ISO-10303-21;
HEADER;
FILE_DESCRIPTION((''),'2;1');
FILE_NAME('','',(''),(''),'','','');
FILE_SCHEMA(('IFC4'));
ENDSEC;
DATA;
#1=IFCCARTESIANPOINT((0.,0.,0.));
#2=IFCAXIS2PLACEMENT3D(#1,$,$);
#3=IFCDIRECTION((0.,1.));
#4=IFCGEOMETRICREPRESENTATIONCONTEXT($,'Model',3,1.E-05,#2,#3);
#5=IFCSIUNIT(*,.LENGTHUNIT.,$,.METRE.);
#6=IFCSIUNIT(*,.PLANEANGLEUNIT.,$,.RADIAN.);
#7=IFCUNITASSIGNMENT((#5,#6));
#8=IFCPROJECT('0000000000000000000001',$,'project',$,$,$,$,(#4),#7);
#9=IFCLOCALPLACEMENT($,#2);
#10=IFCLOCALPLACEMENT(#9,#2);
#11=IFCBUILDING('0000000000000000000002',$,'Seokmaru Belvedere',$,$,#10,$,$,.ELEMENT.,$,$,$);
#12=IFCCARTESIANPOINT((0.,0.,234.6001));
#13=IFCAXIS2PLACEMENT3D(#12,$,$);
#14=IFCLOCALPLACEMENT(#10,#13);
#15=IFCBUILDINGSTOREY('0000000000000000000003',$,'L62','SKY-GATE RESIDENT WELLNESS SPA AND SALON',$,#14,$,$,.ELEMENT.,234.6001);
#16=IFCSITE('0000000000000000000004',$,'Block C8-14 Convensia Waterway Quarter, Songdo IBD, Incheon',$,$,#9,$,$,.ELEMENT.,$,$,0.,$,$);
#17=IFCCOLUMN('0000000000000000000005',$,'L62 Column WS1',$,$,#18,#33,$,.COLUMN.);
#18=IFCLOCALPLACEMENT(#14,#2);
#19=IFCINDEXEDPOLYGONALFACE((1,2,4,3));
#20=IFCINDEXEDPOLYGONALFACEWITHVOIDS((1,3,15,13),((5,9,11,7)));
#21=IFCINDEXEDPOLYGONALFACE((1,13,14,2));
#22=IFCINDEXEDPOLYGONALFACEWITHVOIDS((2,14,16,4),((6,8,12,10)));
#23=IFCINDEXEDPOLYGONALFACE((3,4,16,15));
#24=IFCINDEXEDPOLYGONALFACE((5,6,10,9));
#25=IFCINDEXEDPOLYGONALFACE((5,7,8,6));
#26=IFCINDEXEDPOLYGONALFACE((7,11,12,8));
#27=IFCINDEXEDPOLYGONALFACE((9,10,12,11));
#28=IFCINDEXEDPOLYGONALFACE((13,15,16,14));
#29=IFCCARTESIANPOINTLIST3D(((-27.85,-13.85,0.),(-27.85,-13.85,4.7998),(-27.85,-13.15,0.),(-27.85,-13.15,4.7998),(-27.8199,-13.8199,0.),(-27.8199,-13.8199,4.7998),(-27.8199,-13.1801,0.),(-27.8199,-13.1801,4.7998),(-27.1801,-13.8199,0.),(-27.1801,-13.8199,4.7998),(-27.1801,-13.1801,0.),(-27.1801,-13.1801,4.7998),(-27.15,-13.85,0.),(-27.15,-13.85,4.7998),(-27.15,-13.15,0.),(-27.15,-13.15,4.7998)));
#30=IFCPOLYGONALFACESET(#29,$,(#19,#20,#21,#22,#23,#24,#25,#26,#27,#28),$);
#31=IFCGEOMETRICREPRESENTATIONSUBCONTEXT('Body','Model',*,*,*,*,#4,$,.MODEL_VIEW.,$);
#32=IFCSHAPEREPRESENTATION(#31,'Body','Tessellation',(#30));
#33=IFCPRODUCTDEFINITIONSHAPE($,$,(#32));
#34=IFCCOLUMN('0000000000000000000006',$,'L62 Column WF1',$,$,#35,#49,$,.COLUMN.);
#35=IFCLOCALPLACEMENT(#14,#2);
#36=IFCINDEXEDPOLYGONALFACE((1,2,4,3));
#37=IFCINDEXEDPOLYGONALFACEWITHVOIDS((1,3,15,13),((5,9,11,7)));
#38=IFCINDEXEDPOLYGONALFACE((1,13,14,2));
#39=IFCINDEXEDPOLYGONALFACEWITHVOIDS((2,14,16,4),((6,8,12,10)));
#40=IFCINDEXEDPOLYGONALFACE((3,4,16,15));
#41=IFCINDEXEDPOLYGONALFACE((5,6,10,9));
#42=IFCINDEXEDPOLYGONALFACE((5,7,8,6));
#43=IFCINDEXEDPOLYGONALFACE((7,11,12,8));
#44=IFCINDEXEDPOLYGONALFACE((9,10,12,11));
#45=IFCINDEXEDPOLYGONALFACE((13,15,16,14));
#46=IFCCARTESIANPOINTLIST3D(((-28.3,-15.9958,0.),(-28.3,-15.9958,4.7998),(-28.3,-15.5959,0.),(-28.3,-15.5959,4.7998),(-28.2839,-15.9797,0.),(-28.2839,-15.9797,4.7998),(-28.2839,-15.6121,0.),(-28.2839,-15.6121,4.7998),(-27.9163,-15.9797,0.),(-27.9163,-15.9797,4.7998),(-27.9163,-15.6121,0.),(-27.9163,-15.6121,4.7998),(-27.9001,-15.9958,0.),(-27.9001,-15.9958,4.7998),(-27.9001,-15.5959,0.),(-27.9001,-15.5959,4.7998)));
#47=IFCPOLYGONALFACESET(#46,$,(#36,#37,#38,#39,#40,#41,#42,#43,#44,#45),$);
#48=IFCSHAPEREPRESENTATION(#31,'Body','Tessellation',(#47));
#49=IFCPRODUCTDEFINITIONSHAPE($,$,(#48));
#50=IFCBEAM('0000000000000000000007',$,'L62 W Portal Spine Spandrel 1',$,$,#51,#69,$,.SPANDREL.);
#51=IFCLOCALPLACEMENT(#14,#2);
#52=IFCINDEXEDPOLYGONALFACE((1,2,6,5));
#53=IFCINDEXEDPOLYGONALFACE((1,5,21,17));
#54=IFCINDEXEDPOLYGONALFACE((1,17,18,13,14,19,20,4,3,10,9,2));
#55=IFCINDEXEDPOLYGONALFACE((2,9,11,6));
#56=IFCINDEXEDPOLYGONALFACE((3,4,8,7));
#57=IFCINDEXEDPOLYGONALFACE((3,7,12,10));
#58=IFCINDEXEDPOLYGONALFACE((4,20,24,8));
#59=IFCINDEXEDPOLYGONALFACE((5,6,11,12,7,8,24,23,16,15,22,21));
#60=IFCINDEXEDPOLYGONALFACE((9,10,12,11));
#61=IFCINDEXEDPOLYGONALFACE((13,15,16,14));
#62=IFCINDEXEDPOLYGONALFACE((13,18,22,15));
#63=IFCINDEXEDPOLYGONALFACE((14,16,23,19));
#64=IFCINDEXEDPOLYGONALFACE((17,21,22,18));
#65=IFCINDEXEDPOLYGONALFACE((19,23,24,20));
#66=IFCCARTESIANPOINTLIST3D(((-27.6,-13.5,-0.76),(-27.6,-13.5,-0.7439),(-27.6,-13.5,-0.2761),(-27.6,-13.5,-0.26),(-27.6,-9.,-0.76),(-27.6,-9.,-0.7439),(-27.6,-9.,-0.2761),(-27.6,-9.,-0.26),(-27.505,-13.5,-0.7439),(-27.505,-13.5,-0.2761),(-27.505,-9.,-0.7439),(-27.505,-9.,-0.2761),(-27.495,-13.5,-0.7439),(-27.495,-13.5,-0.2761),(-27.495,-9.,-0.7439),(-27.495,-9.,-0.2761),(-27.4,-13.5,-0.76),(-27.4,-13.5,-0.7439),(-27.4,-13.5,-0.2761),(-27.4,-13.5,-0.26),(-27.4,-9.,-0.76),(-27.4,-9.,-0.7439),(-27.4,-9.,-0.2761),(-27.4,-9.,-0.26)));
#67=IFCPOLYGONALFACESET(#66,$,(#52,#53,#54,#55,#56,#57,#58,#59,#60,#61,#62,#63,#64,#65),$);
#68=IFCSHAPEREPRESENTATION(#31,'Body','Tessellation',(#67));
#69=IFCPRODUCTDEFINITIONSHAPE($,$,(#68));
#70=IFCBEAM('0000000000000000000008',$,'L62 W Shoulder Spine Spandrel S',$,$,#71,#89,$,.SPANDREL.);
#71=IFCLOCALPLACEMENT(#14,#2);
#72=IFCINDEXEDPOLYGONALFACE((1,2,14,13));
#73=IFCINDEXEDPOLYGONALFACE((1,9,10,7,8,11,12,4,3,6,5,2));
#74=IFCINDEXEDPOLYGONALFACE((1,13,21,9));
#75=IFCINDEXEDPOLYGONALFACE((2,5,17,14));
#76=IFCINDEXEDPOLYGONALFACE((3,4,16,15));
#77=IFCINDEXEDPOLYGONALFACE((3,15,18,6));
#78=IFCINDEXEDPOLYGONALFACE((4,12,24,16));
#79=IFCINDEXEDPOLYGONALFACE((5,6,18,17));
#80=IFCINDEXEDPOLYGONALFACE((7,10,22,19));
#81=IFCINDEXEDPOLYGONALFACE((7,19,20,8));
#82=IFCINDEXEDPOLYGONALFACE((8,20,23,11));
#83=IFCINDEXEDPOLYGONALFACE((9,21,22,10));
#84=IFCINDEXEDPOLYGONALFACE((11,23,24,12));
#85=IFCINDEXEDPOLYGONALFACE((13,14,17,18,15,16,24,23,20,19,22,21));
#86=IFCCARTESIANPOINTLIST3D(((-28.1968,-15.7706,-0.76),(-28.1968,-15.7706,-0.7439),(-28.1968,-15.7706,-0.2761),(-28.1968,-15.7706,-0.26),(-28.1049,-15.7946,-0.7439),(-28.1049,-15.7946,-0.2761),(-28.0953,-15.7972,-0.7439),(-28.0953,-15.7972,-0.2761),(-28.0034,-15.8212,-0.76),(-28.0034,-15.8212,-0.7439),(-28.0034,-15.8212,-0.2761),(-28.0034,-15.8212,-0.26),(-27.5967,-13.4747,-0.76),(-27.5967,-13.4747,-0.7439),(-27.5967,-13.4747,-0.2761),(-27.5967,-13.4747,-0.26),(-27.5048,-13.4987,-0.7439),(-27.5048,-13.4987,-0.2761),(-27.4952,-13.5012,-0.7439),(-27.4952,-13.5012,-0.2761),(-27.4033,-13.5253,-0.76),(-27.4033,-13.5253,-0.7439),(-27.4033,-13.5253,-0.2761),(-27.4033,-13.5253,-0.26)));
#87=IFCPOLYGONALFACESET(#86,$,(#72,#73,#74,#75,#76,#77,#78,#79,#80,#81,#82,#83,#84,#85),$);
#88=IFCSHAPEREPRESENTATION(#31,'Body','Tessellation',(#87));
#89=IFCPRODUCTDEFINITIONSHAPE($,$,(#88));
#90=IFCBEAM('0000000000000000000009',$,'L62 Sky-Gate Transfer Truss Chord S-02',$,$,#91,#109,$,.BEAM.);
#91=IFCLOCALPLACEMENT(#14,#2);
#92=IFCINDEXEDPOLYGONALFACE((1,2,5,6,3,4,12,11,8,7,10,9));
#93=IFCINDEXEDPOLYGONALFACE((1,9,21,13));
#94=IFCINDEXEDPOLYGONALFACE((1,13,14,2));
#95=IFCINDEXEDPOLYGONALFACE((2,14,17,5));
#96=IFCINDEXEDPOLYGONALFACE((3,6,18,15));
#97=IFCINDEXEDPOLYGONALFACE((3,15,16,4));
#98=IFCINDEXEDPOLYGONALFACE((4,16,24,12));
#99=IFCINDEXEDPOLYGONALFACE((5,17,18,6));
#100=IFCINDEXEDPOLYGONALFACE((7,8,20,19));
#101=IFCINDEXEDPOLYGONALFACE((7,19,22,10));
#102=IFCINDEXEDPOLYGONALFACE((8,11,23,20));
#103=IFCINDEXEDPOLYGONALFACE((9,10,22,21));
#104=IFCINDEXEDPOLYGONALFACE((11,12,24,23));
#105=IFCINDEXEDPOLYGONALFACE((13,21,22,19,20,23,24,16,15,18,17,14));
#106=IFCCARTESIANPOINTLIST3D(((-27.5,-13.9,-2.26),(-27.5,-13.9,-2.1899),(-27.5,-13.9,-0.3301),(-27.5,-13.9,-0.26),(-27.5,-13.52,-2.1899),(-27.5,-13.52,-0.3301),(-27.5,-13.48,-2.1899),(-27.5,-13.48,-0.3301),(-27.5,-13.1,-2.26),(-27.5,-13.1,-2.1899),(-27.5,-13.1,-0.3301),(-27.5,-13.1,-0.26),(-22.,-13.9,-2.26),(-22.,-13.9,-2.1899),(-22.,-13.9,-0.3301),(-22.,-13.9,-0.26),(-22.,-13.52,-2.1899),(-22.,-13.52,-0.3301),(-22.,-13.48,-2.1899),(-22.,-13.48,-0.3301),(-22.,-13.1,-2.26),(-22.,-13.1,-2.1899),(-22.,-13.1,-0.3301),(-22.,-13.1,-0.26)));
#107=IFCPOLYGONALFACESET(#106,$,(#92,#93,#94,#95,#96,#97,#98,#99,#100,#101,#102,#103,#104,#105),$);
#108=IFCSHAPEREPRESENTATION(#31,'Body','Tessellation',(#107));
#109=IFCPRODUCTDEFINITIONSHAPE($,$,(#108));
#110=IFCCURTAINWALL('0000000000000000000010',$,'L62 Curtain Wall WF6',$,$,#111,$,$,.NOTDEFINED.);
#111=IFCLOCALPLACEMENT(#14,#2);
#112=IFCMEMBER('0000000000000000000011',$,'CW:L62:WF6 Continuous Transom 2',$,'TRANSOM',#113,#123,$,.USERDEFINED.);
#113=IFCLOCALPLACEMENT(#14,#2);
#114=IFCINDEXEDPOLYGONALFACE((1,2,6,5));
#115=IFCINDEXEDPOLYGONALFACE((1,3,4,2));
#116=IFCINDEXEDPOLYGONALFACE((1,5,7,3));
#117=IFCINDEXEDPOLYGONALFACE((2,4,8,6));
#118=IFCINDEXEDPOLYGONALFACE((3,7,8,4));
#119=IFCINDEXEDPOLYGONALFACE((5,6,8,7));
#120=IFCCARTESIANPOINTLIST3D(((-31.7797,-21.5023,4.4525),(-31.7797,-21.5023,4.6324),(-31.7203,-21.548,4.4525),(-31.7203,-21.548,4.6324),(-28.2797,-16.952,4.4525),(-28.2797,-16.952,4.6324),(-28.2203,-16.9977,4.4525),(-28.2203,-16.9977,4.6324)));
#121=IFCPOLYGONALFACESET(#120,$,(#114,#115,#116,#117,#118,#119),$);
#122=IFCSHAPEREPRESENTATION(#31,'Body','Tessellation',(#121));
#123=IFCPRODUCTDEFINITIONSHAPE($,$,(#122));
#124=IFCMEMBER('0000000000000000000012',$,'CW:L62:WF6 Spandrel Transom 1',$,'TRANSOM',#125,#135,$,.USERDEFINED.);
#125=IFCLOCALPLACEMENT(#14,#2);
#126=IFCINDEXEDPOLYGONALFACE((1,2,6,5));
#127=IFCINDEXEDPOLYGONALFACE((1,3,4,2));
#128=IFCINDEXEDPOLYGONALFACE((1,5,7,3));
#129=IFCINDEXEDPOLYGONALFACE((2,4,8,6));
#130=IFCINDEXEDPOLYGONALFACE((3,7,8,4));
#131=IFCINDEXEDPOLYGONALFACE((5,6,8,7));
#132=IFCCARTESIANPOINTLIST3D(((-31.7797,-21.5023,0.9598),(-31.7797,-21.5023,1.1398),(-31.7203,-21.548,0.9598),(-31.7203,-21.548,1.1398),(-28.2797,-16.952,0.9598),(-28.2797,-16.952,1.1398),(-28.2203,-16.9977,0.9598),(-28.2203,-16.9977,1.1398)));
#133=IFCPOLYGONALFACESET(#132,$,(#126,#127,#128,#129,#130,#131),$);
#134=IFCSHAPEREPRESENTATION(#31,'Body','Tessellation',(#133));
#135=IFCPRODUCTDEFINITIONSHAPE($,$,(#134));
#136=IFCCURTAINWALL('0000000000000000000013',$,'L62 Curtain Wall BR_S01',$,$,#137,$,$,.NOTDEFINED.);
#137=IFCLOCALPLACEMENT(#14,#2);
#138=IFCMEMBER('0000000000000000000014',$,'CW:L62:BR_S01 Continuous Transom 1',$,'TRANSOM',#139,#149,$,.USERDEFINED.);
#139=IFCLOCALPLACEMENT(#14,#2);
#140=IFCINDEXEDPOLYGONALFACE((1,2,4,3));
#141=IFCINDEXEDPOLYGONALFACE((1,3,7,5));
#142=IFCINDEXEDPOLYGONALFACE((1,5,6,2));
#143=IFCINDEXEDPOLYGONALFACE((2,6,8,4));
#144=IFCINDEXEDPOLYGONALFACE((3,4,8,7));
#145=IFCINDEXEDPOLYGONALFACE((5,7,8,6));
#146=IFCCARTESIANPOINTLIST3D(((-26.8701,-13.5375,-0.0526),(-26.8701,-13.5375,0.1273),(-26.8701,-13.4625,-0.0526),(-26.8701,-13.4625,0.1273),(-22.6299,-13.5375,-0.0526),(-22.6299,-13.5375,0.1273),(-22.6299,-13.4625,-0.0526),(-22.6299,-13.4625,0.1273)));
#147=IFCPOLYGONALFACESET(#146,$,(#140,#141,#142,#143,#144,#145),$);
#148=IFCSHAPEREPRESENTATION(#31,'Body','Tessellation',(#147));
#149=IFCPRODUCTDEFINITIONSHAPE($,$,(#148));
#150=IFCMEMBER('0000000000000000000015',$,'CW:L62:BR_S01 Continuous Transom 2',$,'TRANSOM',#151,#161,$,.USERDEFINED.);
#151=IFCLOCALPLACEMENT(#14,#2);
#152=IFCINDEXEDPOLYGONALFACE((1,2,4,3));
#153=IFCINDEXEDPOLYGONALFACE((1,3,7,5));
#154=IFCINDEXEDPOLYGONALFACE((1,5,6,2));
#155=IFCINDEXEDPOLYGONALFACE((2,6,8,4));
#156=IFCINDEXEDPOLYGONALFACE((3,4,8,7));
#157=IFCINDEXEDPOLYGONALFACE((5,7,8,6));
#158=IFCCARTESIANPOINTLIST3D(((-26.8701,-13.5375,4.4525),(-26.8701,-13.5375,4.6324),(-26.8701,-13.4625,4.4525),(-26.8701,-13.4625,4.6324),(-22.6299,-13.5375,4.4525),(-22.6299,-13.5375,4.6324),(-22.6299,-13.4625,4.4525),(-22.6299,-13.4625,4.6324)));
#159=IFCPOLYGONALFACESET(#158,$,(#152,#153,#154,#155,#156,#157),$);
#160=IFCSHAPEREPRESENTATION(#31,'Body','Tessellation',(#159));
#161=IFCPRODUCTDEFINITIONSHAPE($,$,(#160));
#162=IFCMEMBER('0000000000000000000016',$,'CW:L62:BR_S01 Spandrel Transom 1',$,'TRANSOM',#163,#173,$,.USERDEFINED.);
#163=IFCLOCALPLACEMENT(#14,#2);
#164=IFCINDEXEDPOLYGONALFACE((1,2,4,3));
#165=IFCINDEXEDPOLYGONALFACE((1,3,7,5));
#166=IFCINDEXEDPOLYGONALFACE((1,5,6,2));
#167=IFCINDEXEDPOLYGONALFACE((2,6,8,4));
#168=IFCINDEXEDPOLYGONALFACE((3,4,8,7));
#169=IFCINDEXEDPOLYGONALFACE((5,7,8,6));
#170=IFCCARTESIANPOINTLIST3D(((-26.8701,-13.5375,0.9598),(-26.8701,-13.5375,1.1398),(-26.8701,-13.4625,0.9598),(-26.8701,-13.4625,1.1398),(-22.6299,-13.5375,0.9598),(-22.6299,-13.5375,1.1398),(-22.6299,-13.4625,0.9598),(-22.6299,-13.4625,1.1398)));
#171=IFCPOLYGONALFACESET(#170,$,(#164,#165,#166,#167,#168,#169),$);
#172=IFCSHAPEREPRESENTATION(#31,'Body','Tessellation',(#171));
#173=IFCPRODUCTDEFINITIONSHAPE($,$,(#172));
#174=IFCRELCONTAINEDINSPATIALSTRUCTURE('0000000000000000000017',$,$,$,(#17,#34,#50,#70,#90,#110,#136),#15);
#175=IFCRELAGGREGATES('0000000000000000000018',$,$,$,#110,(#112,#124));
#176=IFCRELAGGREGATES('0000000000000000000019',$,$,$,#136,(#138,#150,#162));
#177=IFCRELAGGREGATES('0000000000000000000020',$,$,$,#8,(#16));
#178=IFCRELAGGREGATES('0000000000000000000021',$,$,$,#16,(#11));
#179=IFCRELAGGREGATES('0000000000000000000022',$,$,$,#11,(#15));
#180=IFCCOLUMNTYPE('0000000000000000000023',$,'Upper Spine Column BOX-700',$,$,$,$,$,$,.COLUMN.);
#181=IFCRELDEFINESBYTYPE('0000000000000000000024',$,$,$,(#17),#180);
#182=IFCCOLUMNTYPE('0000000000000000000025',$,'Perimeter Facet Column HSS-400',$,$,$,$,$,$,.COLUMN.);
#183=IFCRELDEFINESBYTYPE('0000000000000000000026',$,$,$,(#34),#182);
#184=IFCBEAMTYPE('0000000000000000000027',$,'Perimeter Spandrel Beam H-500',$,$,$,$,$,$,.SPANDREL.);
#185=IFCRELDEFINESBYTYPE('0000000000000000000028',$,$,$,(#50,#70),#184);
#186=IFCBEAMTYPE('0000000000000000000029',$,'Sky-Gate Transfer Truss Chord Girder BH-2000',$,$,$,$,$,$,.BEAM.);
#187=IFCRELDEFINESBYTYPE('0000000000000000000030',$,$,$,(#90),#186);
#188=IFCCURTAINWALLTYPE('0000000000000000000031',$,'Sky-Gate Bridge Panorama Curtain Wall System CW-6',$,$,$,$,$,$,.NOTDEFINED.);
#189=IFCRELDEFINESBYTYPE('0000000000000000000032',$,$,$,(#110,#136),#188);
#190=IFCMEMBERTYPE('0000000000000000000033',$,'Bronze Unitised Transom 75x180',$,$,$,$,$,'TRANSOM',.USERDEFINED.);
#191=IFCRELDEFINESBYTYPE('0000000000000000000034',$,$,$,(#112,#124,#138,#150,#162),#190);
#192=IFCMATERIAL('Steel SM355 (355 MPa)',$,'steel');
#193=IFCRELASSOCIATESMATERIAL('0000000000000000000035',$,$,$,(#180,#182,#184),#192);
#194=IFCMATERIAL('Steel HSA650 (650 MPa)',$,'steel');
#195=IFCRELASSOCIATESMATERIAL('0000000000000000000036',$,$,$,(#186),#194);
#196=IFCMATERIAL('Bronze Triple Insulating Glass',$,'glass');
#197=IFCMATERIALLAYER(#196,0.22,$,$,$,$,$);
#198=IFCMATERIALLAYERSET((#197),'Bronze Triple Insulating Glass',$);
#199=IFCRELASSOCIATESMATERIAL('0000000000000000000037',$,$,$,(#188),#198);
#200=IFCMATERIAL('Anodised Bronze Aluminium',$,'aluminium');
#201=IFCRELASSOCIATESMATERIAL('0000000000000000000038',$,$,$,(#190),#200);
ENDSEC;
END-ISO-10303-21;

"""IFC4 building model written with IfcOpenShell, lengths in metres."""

from ifc_helpers import new_model, si_unit, direction, frame, origin, origin_2d, place, context, subcontext, project, spatial, rectangle, hollow_rectangle, i_section, extrude, source, transform, mapped, material, layer, layer_set, material_profile, profile_set, type_object, type_shapes, element, aggregate, save


model = new_model("IFC4")

# Units and contexts
model_context = context("Model", 3, precision=1e-05, world=origin(), true_north=direction((0.0, 1.0)))
body_context = subcontext(model_context, "Body", "Model", "MODEL_VIEW")
ifc_project = project(units=[si_unit("LENGTHUNIT", "METRE"), si_unit("PLANEANGLEUNIT", "RADIAN")], contexts=[model_context])

# Site, building, storey
site_placement = place(None, origin())
site = spatial("IfcSite", under=ifc_project, at=site_placement, Name="Block C8-14 Convensia Waterway Quarter, Songdo IBD, Incheon", CompositionType="ELEMENT", RefElevation=0.0)
building_placement = place(site_placement, origin())
building = spatial("IfcBuilding", under=site, at=building_placement, Name="Seokmaru Belvedere", CompositionType="ELEMENT")
storey_placement = place(building_placement, frame((0.0, 0.0, 234.6001)))
storey = spatial("IfcBuildingStorey", under=building, at=storey_placement, Name="L62", Description="SKY-GATE RESIDENT WELLNESS SPA AND SALON", CompositionType="ELEMENT", Elevation=234.6001)

# Columns
ifc_material_1 = material(Name="Steel SM355 (355 MPa)", Category="steel")
ifc_material_profile_1 = material_profile(ifc_material_1, hollow_rectangle(XDim=0.7, YDim=0.7, WallThickness=0.03, at=origin_2d()), Name="BOX-700x700x30")
ifc_profile_set_1 = profile_set([ifc_material_profile_1], Name="Steel SM355 (355 MPa)")
column_type_1 = type_object("IfcColumnType", Name="Upper Spine Column BOX-700", PredefinedType="COLUMN", material=ifc_profile_set_1)
shared_shape_1 = source(origin(), body_context, "Body", "SweptSolid", [
    extrude(hollow_rectangle(XDim=0.7, YDim=0.7, WallThickness=0.03, at=origin_2d()), origin(), (0.0, 0.0, 1.0), 4.7998),
])
type_shapes(column_type_1, [shared_shape_1])
column_1_placement = place(storey_placement, frame((-27.5, -13.5, 0.0), z_axis=(0.0, 0.0, 1.0), x_axis=(1.0, 0.0, 0.0)))
element("IfcColumn", 1, at=column_1_placement, inside=storey, type_object=column_type_1, Name="L62 Column WS1", PredefinedType="COLUMN", context=body_context, shape_type="MappedRepresentation", body=[
    mapped(shared_shape_1, transform((0.0, 0.0, 0.0), scale=1.0)),
])
ifc_material_profile_2 = material_profile(ifc_material_1, hollow_rectangle(XDim=0.3999, YDim=0.3999, WallThickness=0.0161, at=origin_2d()), Name="HSS-400x400x16")
ifc_profile_set_2 = profile_set([ifc_material_profile_2], Name="Steel SM355 (355 MPa)")
column_type_2 = type_object("IfcColumnType", Name="Perimeter Facet Column HSS-400", PredefinedType="COLUMN", material=ifc_profile_set_2)
shared_shape_2 = source(origin(), body_context, "Body", "SweptSolid", [
    extrude(hollow_rectangle(XDim=0.3999, YDim=0.3999, WallThickness=0.0161, at=origin_2d()), origin(), (0.0, 0.0, 1.0), 4.7998),
])
type_shapes(column_type_2, [shared_shape_2])
column_2_placement = place(storey_placement, frame((-28.1001, -15.7959, 0.0), z_axis=(0.0, 0.0, 1.0), x_axis=(1.0, 0.0, 0.0)))
element("IfcColumn", 2, at=column_2_placement, inside=storey, type_object=column_type_2, Name="L62 Column WF1", PredefinedType="COLUMN", context=body_context, shape_type="MappedRepresentation", body=[
    mapped(shared_shape_2, transform((0.0, 0.0, 0.0), scale=1.0)),
])

# Beams
ifc_material_profile_3 = material_profile(ifc_material_1, i_section(OverallWidth=0.2, OverallDepth=0.5, WebThickness=0.01, FlangeThickness=0.0161, at=origin_2d()), Name="H-500x200x10x16")
ifc_profile_set_3 = profile_set([ifc_material_profile_3], Name="Steel SM355 (355 MPa)")
beam_type_1 = type_object("IfcBeamType", Name="Perimeter Spandrel Beam H-500", PredefinedType="SPANDREL", material=ifc_profile_set_3)
shared_shape_3 = source(origin(), body_context, "Body", "SweptSolid", [
    extrude(i_section(OverallWidth=0.2, OverallDepth=0.5, WebThickness=0.01, FlangeThickness=0.0161, at=origin_2d()), origin(), (0.0, 0.0, 1.0), 4.5),
])
beam_1_placement = place(storey_placement, frame((-27.5, -13.5, -0.51), z_axis=(0.0, 1.0, 0.0), x_axis=(-1.0, 0.0, 0.0)))
element("IfcBeam", 3, at=beam_1_placement, inside=storey, type_object=beam_type_1, Name="L62 W Portal Spine Spandrel 1", PredefinedType="SPANDREL", context=body_context, shape_type="MappedRepresentation", body=[
    mapped(shared_shape_3, transform((0.0, 0.0, 0.0), scale=1.0)),
])
shared_shape_4 = source(origin(), body_context, "Body", "SweptSolid", [
    extrude(i_section(OverallWidth=0.2, OverallDepth=0.5, WebThickness=0.01, FlangeThickness=0.0161, at=origin_2d()), origin(), (0.0, 0.0, 1.0), 2.373),
])
type_shapes(beam_type_1, [shared_shape_3, shared_shape_4])
beam_2_placement = place(storey_placement, frame((-28.1001, -15.7959, -0.51), z_axis=(0.252883, 0.967497, 0.0), x_axis=(-0.967497, 0.252883, 0.0)))
element("IfcBeam", 4, at=beam_2_placement, inside=storey, type_object=beam_type_1, Name="L62 W Shoulder Spine Spandrel S", PredefinedType="SPANDREL", context=body_context, shape_type="MappedRepresentation", body=[
    mapped(shared_shape_4, transform((0.0, 0.0, 0.0), scale=1.0)),
])
ifc_material_2 = material(Name="Steel HSA650 (650 MPa)", Category="steel")
ifc_material_profile_4 = material_profile(ifc_material_2, i_section(OverallWidth=0.8, OverallDepth=2.0, WebThickness=0.04, FlangeThickness=0.0701, at=origin_2d()), Name="BH-2000x800x40x70")
ifc_profile_set_4 = profile_set([ifc_material_profile_4], Name="Steel HSA650 (650 MPa)")
beam_type_2 = type_object("IfcBeamType", Name="Sky-Gate Transfer Truss Chord Girder BH-2000", PredefinedType="BEAM", material=ifc_profile_set_4)
shared_shape_5 = source(origin(), body_context, "Body", "SweptSolid", [
    extrude(i_section(OverallWidth=0.8, OverallDepth=2.0, WebThickness=0.04, FlangeThickness=0.0701, at=origin_2d()), origin(), (0.0, 0.0, 1.0), 5.5),
])
type_shapes(beam_type_2, [shared_shape_5])
beam_3_placement = place(storey_placement, frame((-27.5, -13.5, -1.26), z_axis=(1.0, 0.0, 0.0), x_axis=(0.0, 1.0, 0.0)))
element("IfcBeam", 5, at=beam_3_placement, inside=storey, type_object=beam_type_2, Name="L62 Sky-Gate Transfer Truss Chord S-02", PredefinedType="BEAM", context=body_context, shape_type="MappedRepresentation", body=[
    mapped(shared_shape_5, transform((0.0, 0.0, 0.0), scale=1.0)),
])

# Curtain walls, members
ifc_material_3 = material(Name="Bronze Triple Insulating Glass", Category="glass")
ifc_layer_1 = layer(ifc_material_3, 0.22)
ifc_layer_set_1 = layer_set([ifc_layer_1], Name="Bronze Triple Insulating Glass")
curtain_wall_type = type_object("IfcCurtainWallType", Name="Sky-Gate Bridge Panorama Curtain Wall System CW-6", PredefinedType="NOTDEFINED", material=ifc_layer_set_1)
curtain_wall_1_placement = place(storey_placement, origin())
curtain_wall_1 = element("IfcCurtainWall", 6, at=curtain_wall_1_placement, inside=storey, type_object=curtain_wall_type, Name="L62 Curtain Wall WF6", PredefinedType="NOTDEFINED")
ifc_material_4 = material(Name="Anodised Bronze Aluminium", Category="aluminium")
ifc_material_profile_5 = material_profile(ifc_material_4, rectangle(XDim=0.075, YDim=0.1799, at=origin_2d()), Name="CW-T-75x180")
ifc_profile_set_5 = profile_set([ifc_material_profile_5], Name="Anodised Bronze Aluminium")
member_type_1 = type_object("IfcMemberType", Name="Bronze Unitised Transom 75x180", ElementType="TRANSOM", PredefinedType="USERDEFINED", material=ifc_profile_set_5)
shared_shape_6 = source(origin(), body_context, "Body", "SweptSolid", [
    extrude(rectangle(XDim=0.075, YDim=0.1799, at=origin_2d()), origin(), (0.0, 0.0, 1.0), 5.7407),
])
member_1_placement = place(storey_placement, frame((-31.75, -21.5251, 4.5425), z_axis=(0.609686, 0.792643, 0.0), x_axis=(-0.792643, 0.609686, 0.0)))
member_1 = element("IfcMember", 7, at=member_1_placement, type_object=member_type_1, Name="CW:L62:WF6 Continuous Transom 2", ObjectType="TRANSOM", PredefinedType="USERDEFINED", context=body_context, shape_type="MappedRepresentation", body=[
    mapped(shared_shape_6, transform((0.0, 0.0, 0.0), scale=1.0)),
])
member_2_placement = place(storey_placement, frame((-31.75, -21.5251, 1.0498), z_axis=(0.609686, 0.792643, 0.0), x_axis=(-0.792643, 0.609686, 0.0)))
member_2 = element("IfcMember", 8, at=member_2_placement, type_object=member_type_1, Name="CW:L62:WF6 Spandrel Transom 1", ObjectType="TRANSOM", PredefinedType="USERDEFINED", context=body_context, shape_type="MappedRepresentation", body=[
    mapped(shared_shape_6, transform((0.0, 0.0, 0.0), scale=1.0)),
])
curtain_wall_2_placement = place(storey_placement, origin())
curtain_wall_2 = element("IfcCurtainWall", 9, at=curtain_wall_2_placement, inside=storey, type_object=curtain_wall_type, Name="L62 Curtain Wall BR_S01", PredefinedType="NOTDEFINED")
shared_shape_7 = source(origin(), body_context, "Body", "SweptSolid", [
    extrude(rectangle(XDim=0.075, YDim=0.1799, at=origin_2d()), origin(), (0.0, 0.0, 1.0), 4.2402),
])
type_shapes(member_type_1, [shared_shape_6, shared_shape_7])
member_3_placement = place(storey_placement, frame((-26.8701, -13.5, 0.0374), z_axis=(1.0, 0.0, 0.0), x_axis=(0.0, 1.0, 0.0)))
member_3 = element("IfcMember", 10, at=member_3_placement, type_object=member_type_1, Name="CW:L62:BR_S01 Continuous Transom 1", ObjectType="TRANSOM", PredefinedType="USERDEFINED", context=body_context, shape_type="MappedRepresentation", body=[
    mapped(shared_shape_7, transform((0.0, 0.0, 0.0), scale=1.0)),
])
member_4_placement = place(storey_placement, frame((-26.8701, -13.5, 4.5425), z_axis=(1.0, 0.0, 0.0), x_axis=(0.0, 1.0, 0.0)))
member_4 = element("IfcMember", 11, at=member_4_placement, type_object=member_type_1, Name="CW:L62:BR_S01 Continuous Transom 2", ObjectType="TRANSOM", PredefinedType="USERDEFINED", context=body_context, shape_type="MappedRepresentation", body=[
    mapped(shared_shape_7, transform((0.0, 0.0, 0.0), scale=1.0)),
])
member_5_placement = place(storey_placement, frame((-26.8701, -13.5, 1.0498), z_axis=(1.0, 0.0, 0.0), x_axis=(0.0, 1.0, 0.0)))
member_5 = element("IfcMember", 12, at=member_5_placement, type_object=member_type_1, Name="CW:L62:BR_S01 Spandrel Transom 1", ObjectType="TRANSOM", PredefinedType="USERDEFINED", context=body_context, shape_type="MappedRepresentation", body=[
    mapped(shared_shape_7, transform((0.0, 0.0, 0.0), scale=1.0)),
])

aggregate(curtain_wall_1, [member_1, member_2])
aggregate(curtain_wall_2, [member_3, member_4, member_5])

save(model, "model.ifc")
